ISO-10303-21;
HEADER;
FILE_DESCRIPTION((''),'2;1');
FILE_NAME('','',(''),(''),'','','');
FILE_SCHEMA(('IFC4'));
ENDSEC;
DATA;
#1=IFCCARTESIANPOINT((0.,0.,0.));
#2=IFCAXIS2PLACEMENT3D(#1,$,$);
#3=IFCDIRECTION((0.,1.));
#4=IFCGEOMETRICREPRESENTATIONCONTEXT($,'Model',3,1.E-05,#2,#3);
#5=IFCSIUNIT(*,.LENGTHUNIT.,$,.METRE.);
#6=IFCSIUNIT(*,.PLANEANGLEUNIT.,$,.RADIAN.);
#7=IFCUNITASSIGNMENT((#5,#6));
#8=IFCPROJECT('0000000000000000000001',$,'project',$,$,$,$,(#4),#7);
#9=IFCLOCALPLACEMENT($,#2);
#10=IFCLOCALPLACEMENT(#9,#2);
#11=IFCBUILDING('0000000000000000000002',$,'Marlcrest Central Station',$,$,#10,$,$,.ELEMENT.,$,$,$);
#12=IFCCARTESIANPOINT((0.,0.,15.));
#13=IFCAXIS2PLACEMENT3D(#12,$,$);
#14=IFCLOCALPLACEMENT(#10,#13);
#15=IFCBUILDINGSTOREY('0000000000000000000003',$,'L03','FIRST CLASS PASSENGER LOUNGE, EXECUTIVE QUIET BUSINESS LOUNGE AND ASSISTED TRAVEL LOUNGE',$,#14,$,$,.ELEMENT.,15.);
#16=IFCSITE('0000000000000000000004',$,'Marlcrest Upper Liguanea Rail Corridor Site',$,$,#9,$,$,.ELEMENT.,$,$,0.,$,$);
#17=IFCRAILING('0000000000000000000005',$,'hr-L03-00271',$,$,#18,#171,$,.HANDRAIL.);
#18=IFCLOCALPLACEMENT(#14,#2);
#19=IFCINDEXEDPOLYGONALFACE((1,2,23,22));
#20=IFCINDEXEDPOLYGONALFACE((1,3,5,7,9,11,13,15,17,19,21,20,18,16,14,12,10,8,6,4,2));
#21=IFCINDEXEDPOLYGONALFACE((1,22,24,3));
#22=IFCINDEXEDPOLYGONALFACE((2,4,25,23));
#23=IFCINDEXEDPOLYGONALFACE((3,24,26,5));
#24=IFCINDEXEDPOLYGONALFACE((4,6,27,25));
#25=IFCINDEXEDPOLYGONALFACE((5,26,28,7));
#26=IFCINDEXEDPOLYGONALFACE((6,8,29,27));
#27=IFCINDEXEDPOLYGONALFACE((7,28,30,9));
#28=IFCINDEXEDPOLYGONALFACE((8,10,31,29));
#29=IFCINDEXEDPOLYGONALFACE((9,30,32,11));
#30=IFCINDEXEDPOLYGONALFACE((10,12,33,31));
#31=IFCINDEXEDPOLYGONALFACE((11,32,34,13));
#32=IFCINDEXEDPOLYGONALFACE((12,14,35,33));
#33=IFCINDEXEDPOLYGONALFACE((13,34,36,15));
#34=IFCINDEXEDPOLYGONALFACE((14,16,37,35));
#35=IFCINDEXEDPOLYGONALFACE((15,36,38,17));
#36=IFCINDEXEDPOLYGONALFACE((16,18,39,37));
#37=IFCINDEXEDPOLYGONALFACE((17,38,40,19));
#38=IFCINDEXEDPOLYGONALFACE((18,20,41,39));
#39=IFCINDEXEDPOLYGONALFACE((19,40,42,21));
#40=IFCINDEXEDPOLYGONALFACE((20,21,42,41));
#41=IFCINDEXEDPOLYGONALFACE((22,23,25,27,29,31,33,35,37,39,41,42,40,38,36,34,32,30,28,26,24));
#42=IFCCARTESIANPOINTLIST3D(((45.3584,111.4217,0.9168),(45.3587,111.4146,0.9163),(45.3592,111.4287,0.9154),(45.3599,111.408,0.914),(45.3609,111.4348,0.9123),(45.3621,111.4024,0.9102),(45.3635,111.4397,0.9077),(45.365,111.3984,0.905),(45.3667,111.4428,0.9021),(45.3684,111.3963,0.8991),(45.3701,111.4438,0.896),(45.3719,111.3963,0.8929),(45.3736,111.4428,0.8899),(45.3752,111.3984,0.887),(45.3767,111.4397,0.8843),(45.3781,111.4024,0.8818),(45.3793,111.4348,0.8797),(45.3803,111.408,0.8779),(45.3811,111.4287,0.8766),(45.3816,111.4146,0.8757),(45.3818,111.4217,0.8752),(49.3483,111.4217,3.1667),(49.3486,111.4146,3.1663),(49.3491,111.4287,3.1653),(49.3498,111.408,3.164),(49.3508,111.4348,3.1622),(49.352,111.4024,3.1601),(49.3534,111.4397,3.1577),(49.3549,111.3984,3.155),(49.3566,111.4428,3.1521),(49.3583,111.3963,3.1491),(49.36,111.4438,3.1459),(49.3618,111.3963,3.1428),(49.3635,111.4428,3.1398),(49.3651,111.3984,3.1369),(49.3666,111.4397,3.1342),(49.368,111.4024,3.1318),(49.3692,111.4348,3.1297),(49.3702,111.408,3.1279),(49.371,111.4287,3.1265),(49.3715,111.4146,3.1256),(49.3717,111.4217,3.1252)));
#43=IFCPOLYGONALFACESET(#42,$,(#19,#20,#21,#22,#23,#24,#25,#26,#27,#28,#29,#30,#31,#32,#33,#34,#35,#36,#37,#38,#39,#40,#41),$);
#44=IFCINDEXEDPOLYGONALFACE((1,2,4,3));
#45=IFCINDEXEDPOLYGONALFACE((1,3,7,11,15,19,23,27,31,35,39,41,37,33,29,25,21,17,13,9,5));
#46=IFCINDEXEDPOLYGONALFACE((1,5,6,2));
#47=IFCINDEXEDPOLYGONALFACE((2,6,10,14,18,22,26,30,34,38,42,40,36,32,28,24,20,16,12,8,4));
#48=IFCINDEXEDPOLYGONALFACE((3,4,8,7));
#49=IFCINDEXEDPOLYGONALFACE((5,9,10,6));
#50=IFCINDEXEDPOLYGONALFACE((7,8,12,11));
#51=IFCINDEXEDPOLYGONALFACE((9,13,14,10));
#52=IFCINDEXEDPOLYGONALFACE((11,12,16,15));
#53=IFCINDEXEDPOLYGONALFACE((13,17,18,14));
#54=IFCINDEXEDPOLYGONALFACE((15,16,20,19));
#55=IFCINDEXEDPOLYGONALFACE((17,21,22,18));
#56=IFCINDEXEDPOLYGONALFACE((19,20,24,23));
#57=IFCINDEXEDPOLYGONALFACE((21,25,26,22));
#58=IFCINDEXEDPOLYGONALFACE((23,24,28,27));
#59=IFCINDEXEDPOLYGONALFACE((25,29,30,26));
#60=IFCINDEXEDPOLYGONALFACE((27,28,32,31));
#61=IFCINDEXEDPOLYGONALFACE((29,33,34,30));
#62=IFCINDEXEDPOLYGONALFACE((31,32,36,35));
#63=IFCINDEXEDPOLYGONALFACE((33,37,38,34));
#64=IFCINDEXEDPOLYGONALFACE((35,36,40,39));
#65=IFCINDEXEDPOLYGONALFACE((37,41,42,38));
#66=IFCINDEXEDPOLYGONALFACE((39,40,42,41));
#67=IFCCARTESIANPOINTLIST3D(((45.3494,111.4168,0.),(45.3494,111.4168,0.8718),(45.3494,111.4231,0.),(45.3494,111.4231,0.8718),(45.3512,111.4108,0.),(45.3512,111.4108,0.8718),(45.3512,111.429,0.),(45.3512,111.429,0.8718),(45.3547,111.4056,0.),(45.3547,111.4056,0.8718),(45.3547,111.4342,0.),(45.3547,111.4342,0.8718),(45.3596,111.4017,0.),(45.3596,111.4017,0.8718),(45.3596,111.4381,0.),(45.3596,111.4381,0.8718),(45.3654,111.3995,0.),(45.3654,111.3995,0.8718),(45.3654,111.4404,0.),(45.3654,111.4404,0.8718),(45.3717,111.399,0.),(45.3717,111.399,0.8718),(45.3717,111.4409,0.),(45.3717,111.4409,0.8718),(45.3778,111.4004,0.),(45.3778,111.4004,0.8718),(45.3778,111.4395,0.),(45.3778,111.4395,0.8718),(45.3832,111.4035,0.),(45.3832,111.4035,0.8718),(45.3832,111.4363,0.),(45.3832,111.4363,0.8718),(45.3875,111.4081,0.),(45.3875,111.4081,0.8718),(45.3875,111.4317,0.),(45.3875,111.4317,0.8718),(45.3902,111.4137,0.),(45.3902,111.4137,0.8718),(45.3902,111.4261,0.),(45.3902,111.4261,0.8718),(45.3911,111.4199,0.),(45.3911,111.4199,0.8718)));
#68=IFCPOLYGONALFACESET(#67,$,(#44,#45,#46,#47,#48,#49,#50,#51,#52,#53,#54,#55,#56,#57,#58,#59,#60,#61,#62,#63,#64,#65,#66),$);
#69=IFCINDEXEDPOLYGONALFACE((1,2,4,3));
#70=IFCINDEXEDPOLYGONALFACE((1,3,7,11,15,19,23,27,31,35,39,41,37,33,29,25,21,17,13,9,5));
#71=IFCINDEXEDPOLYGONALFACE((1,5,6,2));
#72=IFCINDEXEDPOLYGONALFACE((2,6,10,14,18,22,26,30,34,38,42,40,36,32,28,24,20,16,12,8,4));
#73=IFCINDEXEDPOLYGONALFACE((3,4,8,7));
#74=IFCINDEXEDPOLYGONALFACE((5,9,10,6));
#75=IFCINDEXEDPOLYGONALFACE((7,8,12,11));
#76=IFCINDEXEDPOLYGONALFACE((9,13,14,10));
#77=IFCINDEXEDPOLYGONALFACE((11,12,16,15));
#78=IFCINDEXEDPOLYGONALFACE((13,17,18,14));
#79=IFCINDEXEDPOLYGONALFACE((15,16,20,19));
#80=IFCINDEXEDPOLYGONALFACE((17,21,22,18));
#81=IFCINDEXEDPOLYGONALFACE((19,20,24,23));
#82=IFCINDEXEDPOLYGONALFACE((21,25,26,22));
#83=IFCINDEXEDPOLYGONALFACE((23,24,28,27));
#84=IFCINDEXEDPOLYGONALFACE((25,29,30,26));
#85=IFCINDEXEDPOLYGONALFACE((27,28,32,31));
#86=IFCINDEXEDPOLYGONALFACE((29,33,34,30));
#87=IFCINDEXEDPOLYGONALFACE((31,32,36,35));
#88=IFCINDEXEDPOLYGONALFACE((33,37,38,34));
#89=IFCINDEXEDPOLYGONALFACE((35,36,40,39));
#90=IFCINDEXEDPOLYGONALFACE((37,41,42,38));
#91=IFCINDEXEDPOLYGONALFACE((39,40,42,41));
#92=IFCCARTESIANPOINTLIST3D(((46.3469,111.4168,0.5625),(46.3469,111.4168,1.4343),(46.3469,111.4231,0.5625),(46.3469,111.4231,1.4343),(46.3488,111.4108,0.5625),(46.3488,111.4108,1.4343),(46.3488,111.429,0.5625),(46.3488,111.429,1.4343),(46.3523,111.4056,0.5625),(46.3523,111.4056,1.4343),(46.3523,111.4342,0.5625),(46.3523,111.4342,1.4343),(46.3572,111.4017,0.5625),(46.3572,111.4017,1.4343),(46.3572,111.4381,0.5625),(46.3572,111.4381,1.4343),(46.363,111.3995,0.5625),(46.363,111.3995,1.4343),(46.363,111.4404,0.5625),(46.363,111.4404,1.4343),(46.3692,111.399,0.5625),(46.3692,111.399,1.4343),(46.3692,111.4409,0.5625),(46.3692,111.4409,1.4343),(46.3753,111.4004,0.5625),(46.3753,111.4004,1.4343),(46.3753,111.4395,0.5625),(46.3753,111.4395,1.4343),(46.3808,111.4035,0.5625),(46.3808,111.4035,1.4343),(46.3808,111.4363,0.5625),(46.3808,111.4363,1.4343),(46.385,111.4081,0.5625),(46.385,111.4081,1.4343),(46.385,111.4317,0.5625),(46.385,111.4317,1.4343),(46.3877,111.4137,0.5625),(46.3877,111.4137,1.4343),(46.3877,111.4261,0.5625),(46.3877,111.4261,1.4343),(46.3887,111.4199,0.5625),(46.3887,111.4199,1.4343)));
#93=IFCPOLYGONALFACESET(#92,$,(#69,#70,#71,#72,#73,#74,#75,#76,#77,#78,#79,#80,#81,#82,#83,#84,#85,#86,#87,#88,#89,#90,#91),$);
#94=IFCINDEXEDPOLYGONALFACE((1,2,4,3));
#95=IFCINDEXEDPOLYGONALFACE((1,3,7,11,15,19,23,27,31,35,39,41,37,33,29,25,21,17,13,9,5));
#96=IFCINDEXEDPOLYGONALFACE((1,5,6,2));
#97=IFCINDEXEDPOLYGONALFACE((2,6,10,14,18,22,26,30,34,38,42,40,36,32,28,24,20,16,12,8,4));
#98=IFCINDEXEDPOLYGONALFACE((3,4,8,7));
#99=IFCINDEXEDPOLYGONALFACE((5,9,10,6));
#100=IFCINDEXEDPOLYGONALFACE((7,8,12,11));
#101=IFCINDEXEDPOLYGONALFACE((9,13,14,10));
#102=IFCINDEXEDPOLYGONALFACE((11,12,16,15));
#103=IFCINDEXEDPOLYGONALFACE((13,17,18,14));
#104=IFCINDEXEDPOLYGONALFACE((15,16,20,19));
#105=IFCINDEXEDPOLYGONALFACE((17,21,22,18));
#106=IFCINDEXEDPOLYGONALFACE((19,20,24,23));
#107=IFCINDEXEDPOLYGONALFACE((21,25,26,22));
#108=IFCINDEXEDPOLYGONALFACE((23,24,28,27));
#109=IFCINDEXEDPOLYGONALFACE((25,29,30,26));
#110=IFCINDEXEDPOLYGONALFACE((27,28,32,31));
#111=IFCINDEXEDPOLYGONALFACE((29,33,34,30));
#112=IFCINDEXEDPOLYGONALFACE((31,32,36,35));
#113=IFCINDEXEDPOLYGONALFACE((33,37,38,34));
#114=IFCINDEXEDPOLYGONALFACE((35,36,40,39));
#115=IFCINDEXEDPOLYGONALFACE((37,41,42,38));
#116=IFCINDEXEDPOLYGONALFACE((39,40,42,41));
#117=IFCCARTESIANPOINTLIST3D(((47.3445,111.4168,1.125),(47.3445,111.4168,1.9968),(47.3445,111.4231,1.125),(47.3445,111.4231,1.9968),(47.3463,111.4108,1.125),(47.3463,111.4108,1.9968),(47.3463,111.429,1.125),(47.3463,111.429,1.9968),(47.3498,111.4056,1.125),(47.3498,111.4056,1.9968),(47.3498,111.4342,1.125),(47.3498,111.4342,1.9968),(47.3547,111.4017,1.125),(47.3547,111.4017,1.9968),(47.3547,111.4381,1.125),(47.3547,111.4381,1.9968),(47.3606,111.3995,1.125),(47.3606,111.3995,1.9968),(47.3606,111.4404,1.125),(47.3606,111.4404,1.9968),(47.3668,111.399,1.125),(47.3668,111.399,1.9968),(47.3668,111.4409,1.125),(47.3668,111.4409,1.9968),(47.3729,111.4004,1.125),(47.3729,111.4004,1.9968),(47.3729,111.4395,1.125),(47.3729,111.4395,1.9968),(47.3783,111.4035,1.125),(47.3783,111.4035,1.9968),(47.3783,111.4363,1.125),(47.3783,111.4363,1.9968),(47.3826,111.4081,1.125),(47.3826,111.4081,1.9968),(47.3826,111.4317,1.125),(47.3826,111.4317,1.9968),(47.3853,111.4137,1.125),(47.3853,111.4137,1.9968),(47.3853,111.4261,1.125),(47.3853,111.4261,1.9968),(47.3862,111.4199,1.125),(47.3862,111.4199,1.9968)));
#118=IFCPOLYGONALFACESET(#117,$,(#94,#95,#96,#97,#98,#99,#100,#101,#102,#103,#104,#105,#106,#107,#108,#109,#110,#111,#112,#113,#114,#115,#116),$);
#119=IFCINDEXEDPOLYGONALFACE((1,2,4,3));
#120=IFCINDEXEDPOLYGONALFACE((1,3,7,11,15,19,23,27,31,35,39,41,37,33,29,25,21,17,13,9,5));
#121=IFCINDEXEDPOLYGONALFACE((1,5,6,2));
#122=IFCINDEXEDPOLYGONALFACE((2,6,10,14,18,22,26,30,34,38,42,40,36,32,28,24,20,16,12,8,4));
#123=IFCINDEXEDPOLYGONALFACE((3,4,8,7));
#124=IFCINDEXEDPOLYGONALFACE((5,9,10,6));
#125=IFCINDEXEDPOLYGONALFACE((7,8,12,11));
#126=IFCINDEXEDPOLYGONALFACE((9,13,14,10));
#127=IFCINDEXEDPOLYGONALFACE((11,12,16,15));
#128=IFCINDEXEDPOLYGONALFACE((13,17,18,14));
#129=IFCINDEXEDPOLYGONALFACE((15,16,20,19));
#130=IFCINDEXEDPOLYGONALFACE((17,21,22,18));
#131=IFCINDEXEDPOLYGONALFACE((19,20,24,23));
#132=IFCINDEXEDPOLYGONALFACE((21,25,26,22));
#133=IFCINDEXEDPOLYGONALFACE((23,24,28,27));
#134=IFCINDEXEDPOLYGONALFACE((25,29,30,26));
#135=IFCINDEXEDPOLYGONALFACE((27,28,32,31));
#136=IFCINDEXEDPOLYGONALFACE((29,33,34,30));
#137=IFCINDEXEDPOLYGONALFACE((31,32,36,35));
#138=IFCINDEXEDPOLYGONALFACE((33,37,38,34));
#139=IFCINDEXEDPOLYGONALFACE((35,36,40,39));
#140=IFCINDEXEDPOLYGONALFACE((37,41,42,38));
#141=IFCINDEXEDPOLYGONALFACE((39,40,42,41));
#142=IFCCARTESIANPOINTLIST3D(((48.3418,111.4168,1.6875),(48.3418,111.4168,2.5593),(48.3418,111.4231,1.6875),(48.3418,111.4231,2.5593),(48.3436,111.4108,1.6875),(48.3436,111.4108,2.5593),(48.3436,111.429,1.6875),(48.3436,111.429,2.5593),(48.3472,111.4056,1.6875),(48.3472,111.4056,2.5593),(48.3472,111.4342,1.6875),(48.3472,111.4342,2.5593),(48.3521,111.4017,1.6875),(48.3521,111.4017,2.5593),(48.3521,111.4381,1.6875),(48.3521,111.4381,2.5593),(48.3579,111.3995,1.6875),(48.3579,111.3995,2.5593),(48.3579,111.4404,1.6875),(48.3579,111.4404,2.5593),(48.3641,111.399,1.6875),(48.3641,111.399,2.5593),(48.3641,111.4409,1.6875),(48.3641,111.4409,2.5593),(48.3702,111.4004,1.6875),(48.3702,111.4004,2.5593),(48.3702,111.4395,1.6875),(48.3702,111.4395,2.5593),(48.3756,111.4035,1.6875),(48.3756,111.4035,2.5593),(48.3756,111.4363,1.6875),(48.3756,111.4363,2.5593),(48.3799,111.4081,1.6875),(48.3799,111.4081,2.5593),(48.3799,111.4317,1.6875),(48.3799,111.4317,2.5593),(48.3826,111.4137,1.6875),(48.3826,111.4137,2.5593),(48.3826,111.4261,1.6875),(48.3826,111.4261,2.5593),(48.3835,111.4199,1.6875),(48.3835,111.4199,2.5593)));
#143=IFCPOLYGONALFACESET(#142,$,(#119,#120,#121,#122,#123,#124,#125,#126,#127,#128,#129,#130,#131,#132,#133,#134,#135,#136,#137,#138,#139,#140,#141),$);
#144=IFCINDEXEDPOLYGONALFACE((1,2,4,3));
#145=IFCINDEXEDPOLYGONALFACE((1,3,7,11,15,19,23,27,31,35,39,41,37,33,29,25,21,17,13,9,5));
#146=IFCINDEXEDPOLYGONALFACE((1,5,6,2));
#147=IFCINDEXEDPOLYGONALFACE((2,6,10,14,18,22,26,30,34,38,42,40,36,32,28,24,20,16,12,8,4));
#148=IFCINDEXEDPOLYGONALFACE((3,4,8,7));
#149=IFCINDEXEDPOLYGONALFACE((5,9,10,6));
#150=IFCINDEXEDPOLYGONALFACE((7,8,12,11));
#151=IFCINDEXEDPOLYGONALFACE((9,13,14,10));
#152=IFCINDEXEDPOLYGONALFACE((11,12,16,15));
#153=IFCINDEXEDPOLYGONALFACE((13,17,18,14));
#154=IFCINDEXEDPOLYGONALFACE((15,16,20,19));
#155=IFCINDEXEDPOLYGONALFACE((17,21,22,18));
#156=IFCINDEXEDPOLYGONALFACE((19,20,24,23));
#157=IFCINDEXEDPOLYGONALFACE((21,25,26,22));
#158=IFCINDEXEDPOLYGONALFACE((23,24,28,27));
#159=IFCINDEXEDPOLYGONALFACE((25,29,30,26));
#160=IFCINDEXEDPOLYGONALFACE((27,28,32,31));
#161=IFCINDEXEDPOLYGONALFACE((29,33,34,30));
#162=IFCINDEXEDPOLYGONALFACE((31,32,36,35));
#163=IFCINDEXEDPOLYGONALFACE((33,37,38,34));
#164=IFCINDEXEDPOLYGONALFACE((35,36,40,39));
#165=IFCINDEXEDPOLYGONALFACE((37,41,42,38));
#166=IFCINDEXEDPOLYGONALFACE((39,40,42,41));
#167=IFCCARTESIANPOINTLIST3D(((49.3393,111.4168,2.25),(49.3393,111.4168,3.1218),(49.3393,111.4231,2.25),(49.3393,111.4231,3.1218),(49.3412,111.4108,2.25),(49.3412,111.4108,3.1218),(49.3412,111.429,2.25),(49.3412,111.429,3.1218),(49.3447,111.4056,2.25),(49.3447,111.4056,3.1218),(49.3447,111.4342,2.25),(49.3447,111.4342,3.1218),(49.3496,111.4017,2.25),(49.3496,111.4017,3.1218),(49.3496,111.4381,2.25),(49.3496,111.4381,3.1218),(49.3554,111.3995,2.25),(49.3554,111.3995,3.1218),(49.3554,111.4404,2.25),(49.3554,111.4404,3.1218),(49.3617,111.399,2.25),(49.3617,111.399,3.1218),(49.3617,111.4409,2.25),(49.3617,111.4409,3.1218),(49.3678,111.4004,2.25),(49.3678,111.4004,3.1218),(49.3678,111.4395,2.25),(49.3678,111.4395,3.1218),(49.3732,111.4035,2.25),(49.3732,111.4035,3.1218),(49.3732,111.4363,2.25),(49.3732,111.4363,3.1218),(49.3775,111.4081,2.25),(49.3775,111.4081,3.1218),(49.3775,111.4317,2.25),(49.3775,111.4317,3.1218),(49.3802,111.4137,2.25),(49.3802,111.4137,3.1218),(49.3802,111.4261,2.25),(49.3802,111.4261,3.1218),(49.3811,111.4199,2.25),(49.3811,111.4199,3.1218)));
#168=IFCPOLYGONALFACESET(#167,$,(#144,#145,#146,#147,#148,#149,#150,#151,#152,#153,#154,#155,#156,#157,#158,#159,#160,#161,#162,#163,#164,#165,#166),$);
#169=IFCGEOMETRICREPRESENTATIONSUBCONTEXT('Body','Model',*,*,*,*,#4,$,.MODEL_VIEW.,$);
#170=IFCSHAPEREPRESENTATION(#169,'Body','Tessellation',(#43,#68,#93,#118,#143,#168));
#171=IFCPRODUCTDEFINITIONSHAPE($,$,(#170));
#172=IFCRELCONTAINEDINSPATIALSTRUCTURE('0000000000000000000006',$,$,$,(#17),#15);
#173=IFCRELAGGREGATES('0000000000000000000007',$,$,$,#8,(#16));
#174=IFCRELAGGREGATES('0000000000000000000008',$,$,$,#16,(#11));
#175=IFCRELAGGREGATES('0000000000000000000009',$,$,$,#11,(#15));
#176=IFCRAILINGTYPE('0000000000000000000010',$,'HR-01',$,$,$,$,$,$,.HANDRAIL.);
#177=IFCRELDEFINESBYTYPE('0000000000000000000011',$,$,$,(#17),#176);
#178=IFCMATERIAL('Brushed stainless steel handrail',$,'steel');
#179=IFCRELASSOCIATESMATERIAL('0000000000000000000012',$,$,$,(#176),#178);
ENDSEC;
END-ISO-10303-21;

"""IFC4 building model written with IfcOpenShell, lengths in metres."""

from ifc_helpers import new_model, si_unit, direction, frame, origin, origin_2d, place, context, subcontext, project, spatial, circle, extrude, material, type_object, element, save


model = new_model("IFC4")

# Units and contexts
model_context = context("Model", 3, precision=1e-05, world=origin(), true_north=direction((0.0, 1.0)))
body_context = subcontext(model_context, "Body", "Model", "MODEL_VIEW")
ifc_project = project(units=[si_unit("LENGTHUNIT", "METRE"), si_unit("PLANEANGLEUNIT", "RADIAN")], contexts=[model_context])

# Site, building, storey
site_placement = place(None, origin())
site = spatial("IfcSite", under=ifc_project, at=site_placement, Name="Marlcrest Upper Liguanea Rail Corridor Site", CompositionType="ELEMENT", RefElevation=0.0)
building_placement = place(site_placement, origin())
building = spatial("IfcBuilding", under=site, at=building_placement, Name="Marlcrest Central Station", CompositionType="ELEMENT")
storey_placement = place(building_placement, frame((0.0, 0.0, 15.0)))
storey = spatial("IfcBuildingStorey", under=building, at=storey_placement, Name="L03", Description="FIRST CLASS PASSENGER LOUNGE, EXECUTIVE QUIET BUSINESS LOUNGE AND ASSISTED TRAVEL LOUNGE", CompositionType="ELEMENT", Elevation=15.0)

# Railing
ifc_material_1 = material(Name="Brushed stainless steel handrail", Category="steel")
railing_type_1 = type_object("IfcRailingType", Name="HR-01", PredefinedType="HANDRAIL", material=ifc_material_1)
for number, where, name in (
    (1, (45.3701, 111.4199, 0.0), "hr-L03-00271"),
):
    element("IfcRailing", number, at=place(storey_placement, frame(where)), inside=storey, type_object=railing_type_1, Name=name, PredefinedType="HANDRAIL", context=body_context, shape_type="SweptSolid", body=[
        extrude(circle(Radius=0.0239, at=origin_2d()), frame((0.0, 0.0, 0.896), z_axis=(0.87105, 0.0, 0.491195), x_axis=(0.0, 1.0, 0.0)), (0.0, 0.0, 1.0), 4.5806),
        extrude(circle(Radius=0.021, at=origin_2d()), origin(), (0.0, 0.0, 1.0), 0.8718),
        extrude(circle(Radius=0.021, at=origin_2d()), frame((0.9976, 0.0, 0.5625)), (0.0, 0.0, 1.0), 0.8718),
        extrude(circle(Radius=0.021, at=origin_2d()), frame((1.9951, 0.0, 1.125)), (0.0, 0.0, 1.0), 0.8718),
        extrude(circle(Radius=0.021, at=origin_2d()), frame((2.9924, 0.0, 1.6875)), (0.0, 0.0, 1.0), 0.8718),
        extrude(circle(Radius=0.021, at=origin_2d()), frame((3.99, 0.0, 2.25)), (0.0, 0.0, 1.0), 0.8718),
    ])

save(model, "model.ifc")
